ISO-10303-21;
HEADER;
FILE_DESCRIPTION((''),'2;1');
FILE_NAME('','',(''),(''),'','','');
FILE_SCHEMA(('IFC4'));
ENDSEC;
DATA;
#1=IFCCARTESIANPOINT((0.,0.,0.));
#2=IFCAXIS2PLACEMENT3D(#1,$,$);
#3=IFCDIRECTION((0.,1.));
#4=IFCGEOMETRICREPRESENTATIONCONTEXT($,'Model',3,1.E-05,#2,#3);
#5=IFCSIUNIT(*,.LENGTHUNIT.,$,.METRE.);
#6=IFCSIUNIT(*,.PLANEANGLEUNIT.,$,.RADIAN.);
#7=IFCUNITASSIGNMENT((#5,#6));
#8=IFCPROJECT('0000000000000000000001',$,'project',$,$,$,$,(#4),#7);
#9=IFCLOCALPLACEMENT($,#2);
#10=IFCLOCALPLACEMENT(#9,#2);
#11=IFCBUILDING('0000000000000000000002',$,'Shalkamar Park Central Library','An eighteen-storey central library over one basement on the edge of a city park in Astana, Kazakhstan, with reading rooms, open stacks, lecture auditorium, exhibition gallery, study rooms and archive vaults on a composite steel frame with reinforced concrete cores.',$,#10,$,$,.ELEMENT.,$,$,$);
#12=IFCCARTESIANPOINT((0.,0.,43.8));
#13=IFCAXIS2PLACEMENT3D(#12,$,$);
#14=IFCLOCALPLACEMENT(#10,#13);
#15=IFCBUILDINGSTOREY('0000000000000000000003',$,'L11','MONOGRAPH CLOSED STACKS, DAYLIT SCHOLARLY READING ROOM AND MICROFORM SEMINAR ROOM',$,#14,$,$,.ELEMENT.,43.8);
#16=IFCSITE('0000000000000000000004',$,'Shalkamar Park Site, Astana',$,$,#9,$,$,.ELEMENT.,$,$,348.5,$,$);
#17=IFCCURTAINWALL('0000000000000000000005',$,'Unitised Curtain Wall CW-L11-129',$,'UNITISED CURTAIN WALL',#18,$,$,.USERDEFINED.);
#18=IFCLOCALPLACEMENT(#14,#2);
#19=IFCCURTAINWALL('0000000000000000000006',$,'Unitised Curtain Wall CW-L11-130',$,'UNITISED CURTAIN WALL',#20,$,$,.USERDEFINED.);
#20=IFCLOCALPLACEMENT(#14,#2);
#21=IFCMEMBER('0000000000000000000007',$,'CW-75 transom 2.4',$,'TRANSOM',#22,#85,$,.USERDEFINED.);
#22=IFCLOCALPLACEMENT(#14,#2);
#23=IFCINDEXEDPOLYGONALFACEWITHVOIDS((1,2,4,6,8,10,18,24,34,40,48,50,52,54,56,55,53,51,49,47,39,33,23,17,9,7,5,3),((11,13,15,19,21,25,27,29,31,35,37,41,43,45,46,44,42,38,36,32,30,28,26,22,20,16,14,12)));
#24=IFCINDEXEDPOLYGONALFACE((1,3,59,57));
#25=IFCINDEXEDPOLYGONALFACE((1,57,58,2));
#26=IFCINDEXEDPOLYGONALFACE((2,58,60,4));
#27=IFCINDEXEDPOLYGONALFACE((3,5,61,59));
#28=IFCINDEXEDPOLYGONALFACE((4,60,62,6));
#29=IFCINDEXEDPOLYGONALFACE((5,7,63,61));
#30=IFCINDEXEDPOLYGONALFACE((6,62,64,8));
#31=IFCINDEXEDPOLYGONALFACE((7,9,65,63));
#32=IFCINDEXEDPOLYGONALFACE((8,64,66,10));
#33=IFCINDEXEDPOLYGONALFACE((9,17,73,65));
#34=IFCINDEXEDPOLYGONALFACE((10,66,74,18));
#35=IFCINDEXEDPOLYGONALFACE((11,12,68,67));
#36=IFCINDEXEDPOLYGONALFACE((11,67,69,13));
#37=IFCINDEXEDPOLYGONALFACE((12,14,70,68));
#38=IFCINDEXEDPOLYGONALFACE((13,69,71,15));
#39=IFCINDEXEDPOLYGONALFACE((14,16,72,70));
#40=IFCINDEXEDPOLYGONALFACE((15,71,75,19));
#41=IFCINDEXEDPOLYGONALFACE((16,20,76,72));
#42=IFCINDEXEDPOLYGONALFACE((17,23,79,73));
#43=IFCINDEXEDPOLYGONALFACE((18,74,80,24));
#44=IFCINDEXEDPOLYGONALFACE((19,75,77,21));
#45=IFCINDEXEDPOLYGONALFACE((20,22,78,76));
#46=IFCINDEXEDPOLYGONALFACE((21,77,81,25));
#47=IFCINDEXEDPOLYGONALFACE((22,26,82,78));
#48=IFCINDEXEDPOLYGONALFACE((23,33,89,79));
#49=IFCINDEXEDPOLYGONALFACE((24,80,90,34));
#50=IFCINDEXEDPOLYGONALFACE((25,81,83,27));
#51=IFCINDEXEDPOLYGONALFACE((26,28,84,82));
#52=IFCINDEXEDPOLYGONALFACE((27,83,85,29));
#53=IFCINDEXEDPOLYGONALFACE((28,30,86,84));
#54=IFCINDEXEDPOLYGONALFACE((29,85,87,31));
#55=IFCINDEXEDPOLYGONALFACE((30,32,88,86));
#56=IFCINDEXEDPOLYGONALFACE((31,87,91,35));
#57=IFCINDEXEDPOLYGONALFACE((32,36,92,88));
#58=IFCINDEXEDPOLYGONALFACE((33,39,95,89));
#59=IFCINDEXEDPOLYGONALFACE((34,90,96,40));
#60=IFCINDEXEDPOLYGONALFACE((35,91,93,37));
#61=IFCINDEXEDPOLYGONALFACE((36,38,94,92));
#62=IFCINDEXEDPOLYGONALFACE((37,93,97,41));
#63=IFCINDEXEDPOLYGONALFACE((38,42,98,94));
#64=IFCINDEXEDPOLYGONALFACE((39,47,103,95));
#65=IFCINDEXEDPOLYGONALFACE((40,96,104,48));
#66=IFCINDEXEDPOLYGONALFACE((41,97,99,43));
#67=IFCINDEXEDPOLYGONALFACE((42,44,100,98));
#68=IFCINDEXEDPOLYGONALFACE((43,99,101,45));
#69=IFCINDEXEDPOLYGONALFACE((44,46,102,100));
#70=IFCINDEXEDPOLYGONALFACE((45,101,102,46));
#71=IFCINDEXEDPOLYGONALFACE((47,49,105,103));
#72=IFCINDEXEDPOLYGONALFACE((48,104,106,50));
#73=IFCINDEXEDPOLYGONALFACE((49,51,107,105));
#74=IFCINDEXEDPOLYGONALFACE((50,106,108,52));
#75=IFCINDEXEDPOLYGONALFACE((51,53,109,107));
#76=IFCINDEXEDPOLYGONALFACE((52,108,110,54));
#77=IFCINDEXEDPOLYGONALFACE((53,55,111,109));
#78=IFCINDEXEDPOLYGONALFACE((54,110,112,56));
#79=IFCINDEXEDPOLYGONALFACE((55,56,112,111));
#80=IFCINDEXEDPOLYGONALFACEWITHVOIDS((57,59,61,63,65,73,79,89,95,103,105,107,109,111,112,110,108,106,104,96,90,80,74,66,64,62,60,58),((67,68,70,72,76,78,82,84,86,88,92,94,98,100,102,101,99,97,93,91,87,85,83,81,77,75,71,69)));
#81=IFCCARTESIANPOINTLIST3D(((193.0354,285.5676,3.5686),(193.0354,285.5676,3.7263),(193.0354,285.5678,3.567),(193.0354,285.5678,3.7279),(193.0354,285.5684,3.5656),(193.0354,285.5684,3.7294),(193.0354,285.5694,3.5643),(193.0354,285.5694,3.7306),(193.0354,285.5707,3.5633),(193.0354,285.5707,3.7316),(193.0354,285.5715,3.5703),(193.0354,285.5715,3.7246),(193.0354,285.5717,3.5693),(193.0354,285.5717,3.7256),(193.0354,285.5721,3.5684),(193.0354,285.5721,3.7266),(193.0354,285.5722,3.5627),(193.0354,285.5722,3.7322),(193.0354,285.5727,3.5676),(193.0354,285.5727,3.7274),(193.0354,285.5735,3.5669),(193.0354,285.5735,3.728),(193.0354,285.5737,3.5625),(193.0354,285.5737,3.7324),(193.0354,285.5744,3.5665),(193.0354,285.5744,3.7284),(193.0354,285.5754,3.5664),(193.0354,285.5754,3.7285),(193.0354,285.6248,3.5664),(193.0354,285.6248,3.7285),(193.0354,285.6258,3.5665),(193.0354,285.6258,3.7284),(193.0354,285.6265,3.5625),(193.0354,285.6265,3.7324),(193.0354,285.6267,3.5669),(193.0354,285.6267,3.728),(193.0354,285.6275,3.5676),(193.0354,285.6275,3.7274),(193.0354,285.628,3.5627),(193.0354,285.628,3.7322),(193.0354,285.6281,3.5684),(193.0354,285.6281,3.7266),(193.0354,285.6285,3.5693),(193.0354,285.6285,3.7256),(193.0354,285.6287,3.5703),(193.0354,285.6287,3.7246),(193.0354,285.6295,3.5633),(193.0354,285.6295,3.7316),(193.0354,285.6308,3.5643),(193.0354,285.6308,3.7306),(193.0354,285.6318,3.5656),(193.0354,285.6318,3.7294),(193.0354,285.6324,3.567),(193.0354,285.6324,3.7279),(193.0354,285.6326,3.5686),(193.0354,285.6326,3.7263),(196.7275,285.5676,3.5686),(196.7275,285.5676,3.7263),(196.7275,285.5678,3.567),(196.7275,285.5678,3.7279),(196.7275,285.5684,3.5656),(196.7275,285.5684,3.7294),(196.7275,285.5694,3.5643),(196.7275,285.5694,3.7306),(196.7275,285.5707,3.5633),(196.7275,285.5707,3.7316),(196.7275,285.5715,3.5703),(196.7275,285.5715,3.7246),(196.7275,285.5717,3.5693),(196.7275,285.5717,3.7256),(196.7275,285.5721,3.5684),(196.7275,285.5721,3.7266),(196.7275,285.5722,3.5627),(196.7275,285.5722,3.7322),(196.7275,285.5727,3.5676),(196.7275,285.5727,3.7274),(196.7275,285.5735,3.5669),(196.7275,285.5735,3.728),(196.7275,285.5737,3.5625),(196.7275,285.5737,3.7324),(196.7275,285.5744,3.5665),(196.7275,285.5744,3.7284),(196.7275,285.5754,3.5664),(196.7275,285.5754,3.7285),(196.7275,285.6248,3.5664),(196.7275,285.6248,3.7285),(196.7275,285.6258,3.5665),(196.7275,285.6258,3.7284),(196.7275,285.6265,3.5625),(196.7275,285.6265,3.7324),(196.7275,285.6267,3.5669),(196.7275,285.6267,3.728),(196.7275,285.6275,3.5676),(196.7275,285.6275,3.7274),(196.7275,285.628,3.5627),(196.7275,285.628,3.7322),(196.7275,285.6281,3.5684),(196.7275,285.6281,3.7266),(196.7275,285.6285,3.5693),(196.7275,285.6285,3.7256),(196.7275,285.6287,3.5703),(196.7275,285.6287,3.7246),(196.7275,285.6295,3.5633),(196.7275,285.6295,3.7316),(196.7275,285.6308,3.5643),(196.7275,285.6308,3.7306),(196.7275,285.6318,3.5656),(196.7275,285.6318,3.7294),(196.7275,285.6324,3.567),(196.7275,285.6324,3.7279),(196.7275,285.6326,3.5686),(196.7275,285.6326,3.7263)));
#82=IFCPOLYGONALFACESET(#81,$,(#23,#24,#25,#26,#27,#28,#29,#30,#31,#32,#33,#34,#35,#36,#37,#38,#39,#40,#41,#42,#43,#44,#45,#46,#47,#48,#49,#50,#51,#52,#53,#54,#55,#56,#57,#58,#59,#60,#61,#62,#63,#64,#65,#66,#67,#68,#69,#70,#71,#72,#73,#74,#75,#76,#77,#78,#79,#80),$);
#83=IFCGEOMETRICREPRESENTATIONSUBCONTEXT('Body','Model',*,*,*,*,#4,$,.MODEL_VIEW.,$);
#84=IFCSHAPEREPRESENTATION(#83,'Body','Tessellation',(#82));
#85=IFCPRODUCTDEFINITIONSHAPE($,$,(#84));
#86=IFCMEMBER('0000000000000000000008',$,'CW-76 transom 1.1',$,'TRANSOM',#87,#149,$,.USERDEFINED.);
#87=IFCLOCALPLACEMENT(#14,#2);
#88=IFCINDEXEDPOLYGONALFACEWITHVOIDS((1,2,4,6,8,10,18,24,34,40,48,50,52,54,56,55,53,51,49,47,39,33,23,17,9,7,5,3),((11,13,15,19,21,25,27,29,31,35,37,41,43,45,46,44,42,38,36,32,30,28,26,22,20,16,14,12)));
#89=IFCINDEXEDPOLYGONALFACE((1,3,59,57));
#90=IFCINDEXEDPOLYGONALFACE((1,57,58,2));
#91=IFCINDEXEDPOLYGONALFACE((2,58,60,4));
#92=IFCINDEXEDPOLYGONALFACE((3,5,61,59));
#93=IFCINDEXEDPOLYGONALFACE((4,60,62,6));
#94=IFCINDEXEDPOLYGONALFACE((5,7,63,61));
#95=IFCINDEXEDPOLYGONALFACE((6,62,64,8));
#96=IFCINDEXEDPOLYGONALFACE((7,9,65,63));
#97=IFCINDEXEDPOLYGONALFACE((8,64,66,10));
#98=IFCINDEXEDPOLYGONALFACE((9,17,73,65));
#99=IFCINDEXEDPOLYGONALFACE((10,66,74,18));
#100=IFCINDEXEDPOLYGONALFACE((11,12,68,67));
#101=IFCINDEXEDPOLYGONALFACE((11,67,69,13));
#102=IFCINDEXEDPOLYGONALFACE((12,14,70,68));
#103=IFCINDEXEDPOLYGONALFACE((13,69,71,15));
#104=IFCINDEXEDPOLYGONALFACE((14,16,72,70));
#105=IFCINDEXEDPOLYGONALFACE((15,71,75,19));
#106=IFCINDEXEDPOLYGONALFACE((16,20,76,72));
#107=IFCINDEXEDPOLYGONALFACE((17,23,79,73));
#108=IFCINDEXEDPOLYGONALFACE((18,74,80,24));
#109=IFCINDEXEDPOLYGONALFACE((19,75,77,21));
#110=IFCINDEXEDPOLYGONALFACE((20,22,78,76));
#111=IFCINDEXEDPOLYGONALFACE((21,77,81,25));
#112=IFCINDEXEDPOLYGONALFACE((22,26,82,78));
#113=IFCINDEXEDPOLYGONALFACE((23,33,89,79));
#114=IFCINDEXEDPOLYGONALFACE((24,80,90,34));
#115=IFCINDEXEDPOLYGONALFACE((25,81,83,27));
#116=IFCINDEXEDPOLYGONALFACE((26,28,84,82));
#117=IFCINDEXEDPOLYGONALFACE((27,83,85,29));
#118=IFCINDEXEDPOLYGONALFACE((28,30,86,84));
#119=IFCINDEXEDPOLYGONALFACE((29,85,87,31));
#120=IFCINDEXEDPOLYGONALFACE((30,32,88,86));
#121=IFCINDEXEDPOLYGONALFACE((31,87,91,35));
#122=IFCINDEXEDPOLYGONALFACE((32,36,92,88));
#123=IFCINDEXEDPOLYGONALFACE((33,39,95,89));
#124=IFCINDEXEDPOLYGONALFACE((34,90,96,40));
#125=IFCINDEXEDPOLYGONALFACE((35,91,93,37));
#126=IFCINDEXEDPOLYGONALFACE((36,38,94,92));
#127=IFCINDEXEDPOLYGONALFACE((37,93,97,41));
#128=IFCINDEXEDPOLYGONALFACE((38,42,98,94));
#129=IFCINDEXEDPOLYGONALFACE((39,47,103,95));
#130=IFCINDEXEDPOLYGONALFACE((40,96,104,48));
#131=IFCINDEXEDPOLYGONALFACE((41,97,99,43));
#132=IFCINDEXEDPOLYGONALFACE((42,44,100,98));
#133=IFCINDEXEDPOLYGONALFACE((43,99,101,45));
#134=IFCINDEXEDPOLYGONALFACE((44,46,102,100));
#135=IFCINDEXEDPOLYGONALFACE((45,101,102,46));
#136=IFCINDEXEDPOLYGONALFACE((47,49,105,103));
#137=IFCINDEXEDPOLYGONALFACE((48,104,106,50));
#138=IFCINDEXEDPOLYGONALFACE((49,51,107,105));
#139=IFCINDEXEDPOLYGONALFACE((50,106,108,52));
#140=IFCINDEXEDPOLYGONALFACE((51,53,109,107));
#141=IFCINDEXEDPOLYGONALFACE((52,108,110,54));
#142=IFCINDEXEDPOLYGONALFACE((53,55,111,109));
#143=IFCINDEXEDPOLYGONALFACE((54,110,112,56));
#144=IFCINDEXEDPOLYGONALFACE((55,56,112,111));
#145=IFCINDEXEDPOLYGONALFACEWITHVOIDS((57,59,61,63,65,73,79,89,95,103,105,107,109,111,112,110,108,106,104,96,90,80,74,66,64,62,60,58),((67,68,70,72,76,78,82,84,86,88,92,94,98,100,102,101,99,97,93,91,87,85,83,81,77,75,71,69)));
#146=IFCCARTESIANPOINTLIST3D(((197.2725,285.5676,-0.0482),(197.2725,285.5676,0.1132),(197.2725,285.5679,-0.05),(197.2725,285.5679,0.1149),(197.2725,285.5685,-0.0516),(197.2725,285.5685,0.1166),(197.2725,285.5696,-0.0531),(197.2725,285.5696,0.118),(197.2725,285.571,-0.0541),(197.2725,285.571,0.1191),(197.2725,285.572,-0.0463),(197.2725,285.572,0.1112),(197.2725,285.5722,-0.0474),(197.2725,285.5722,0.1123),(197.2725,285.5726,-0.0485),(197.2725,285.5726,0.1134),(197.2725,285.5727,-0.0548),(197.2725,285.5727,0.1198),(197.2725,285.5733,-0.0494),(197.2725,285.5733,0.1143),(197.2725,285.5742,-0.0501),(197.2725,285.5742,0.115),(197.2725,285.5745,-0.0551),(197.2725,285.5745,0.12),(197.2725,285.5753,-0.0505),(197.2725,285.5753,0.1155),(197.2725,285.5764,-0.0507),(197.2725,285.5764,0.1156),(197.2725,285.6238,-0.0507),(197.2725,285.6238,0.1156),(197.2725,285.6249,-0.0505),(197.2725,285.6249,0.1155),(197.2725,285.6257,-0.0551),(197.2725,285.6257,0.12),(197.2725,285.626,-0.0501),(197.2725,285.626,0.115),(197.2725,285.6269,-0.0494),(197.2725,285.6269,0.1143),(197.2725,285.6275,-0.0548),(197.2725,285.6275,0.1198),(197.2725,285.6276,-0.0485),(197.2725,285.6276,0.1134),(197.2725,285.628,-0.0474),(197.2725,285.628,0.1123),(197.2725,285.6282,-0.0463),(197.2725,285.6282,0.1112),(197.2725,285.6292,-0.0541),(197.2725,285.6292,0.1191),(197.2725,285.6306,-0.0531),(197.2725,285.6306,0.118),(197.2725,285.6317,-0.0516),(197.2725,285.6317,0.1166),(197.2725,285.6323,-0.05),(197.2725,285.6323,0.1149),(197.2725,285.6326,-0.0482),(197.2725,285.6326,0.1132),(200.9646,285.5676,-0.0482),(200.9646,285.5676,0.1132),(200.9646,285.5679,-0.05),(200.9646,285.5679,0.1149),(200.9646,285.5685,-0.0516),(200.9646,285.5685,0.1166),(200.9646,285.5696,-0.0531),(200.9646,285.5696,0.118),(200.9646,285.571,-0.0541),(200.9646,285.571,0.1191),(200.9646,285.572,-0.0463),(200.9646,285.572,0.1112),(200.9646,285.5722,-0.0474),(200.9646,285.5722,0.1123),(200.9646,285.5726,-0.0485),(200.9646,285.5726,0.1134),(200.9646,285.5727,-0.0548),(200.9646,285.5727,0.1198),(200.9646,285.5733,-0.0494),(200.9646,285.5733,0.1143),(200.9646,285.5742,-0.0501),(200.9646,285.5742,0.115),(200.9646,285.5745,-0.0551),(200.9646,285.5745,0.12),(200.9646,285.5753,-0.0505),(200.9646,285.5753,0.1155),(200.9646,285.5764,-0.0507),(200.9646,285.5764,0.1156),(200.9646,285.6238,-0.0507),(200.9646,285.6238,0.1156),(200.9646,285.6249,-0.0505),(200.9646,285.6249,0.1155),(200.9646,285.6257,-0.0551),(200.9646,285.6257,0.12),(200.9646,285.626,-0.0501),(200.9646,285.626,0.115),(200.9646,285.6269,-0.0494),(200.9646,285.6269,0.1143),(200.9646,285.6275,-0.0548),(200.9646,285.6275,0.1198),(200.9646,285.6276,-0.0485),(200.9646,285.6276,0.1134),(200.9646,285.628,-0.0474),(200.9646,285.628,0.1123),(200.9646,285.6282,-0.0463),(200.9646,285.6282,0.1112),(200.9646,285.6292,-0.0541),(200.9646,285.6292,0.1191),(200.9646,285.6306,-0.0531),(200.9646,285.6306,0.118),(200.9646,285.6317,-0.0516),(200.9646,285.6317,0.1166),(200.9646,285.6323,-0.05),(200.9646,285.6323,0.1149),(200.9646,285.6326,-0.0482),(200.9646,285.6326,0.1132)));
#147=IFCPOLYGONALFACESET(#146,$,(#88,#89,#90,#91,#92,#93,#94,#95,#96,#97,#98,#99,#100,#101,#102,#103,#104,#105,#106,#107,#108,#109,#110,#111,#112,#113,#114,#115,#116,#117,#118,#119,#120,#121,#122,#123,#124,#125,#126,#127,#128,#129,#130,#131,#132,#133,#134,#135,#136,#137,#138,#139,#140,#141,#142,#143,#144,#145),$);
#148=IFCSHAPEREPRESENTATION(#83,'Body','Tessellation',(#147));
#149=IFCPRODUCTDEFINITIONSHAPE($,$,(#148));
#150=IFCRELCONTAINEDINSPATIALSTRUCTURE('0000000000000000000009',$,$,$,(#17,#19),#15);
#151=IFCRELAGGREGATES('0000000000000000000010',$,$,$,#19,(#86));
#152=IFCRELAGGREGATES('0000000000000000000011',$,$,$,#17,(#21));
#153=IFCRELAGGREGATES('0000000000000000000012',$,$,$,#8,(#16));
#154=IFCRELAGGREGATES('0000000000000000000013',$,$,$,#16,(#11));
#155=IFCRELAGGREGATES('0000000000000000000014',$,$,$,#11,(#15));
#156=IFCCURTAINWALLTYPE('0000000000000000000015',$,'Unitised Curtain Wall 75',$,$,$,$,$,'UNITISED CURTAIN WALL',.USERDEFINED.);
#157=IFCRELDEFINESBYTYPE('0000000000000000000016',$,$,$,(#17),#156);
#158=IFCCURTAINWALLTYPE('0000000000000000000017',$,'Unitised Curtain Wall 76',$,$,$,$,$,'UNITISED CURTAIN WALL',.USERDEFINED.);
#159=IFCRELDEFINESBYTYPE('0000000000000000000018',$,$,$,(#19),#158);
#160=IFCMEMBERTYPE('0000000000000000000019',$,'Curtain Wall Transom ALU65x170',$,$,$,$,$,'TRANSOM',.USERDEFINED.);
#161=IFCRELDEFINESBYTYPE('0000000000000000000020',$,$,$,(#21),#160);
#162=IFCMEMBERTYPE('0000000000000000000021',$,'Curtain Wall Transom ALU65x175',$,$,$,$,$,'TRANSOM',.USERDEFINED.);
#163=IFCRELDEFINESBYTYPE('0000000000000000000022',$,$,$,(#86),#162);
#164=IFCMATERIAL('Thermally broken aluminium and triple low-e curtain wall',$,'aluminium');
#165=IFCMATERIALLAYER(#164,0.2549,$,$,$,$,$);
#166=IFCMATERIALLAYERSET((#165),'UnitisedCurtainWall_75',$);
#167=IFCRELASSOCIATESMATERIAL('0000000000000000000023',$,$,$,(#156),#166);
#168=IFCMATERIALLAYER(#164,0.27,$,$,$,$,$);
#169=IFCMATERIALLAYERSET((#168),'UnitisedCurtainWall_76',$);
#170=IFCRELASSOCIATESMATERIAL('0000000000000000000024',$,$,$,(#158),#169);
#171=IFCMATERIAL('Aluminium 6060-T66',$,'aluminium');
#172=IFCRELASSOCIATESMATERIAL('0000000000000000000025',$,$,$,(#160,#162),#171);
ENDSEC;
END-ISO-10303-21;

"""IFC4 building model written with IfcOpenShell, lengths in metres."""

from ifc_helpers import new_model, si_unit, direction, frame, origin, origin_2d, place, context, subcontext, project, spatial, hollow_rectangle, extrude, material, layer, layer_set, material_profile, profile_set, type_object, element, aggregate, save


model = new_model("IFC4")

# Units and contexts
model_context = context("Model", 3, precision=1e-05, world=origin(), true_north=direction((0.0, 1.0)))
body_context = subcontext(model_context, "Body", "Model", "MODEL_VIEW")
ifc_project = project(units=[si_unit("LENGTHUNIT", "METRE"), si_unit("PLANEANGLEUNIT", "RADIAN")], contexts=[model_context])

# Site, building, storey
site_placement = place(None, origin())
site = spatial("IfcSite", under=ifc_project, at=site_placement, Name="Shalkamar Park Site, Astana", CompositionType="ELEMENT", RefElevation=348.5)
building_placement = place(site_placement, origin())
building = spatial("IfcBuilding", under=site, at=building_placement, Name="Shalkamar Park Central Library", Description="An eighteen-storey central library over one basement on the edge of a city park in Astana, Kazakhstan, with reading rooms, open stacks, lecture auditorium, exhibition gallery, study rooms and archive vaults on a composite steel frame with reinforced concrete cores.", CompositionType="ELEMENT")
storey_placement = place(building_placement, frame((0.0, 0.0, 43.8)))
storey = spatial("IfcBuildingStorey", under=building, at=storey_placement, Name="L11", Description="MONOGRAPH CLOSED STACKS, DAYLIT SCHOLARLY READING ROOM AND MICROFORM SEMINAR ROOM", CompositionType="ELEMENT", Elevation=43.8)

# Curtain walls
ifc_material_1 = material(Name="Thermally broken aluminium and triple low-e curtain wall", Category="aluminium")
ifc_layer_1 = layer(ifc_material_1, 0.2549)
ifc_layer_set_1 = layer_set([ifc_layer_1], Name="UnitisedCurtainWall_75")
curtain_wall_type_1 = type_object("IfcCurtainWallType", Name="Unitised Curtain Wall 75", ElementType="UNITISED CURTAIN WALL", PredefinedType="USERDEFINED", material=ifc_layer_set_1)
curtain_wall_1_placement = place(storey_placement, origin())
curtain_wall_1 = element("IfcCurtainWall", 1, at=curtain_wall_1_placement, inside=storey, type_object=curtain_wall_type_1, Name="Unitised Curtain Wall CW-L11-129", ObjectType="UNITISED CURTAIN WALL", PredefinedType="USERDEFINED")
ifc_material_2 = material(Name="Aluminium 6060-T66", Category="aluminium")
ifc_layer_2 = layer(ifc_material_1, 0.27)
ifc_layer_set_2 = layer_set([ifc_layer_2], Name="UnitisedCurtainWall_76")
curtain_wall_type_2 = type_object("IfcCurtainWallType", Name="Unitised Curtain Wall 76", ElementType="UNITISED CURTAIN WALL", PredefinedType="USERDEFINED", material=ifc_layer_set_2)
curtain_wall_2_placement = place(storey_placement, origin())
curtain_wall_2 = element("IfcCurtainWall", 2, at=curtain_wall_2_placement, inside=storey, type_object=curtain_wall_type_2, Name="Unitised Curtain Wall CW-L11-130", ObjectType="UNITISED CURTAIN WALL", PredefinedType="USERDEFINED")

# Members
ifc_material_profile_1 = material_profile(ifc_material_2, hollow_rectangle(XDim=0.0649, YDim=0.1699, WallThickness=0.0039, InnerFilletRadius=0.0039, OuterFilletRadius=0.0061, at=origin_2d()), Name="ALU 65x170x4")
ifc_profile_set_1 = profile_set([ifc_material_profile_1], Name="Aluminium 6060-T66")
member_type_1 = type_object("IfcMemberType", Name="Curtain Wall Transom ALU65x170", ElementType="TRANSOM", PredefinedType="USERDEFINED", material=ifc_profile_set_1)
member_1_placement = place(storey_placement, frame((193.0354, 285.6001, 3.6475), z_axis=(1.0, 0.0, 0.0), x_axis=(0.0, 1.0, 0.0)))
member_1 = element("IfcMember", 3, at=member_1_placement, type_object=member_type_1, Name="CW-75 transom 2.4", ObjectType="TRANSOM", PredefinedType="USERDEFINED", context=body_context, shape_type="SweptSolid", body=[
    extrude(hollow_rectangle(XDim=0.0649, YDim=0.1699, WallThickness=0.0039, InnerFilletRadius=0.0039, OuterFilletRadius=0.0061, at=origin_2d()), origin(), (0.0, 0.0, 1.0), 3.6921),
])
ifc_material_profile_2 = material_profile(ifc_material_2, hollow_rectangle(XDim=0.0649, YDim=0.175, WallThickness=0.0044, InnerFilletRadius=0.0044, OuterFilletRadius=0.0068, at=origin_2d()), Name="ALU 65x175x4.5")
ifc_profile_set_2 = profile_set([ifc_material_profile_2], Name="Aluminium 6060-T66")
member_type_2 = type_object("IfcMemberType", Name="Curtain Wall Transom ALU65x175", ElementType="TRANSOM", PredefinedType="USERDEFINED", material=ifc_profile_set_2)
member_2_placement = place(storey_placement, frame((197.2725, 285.6001, 0.0325), z_axis=(1.0, 0.0, 0.0), x_axis=(0.0, 1.0, 0.0)))
member_2 = element("IfcMember", 4, at=member_2_placement, type_object=member_type_2, Name="CW-76 transom 1.1", ObjectType="TRANSOM", PredefinedType="USERDEFINED", context=body_context, shape_type="SweptSolid", body=[
    extrude(hollow_rectangle(XDim=0.0649, YDim=0.175, WallThickness=0.0044, InnerFilletRadius=0.0044, OuterFilletRadius=0.0068, at=origin_2d()), origin(), (0.0, 0.0, 1.0), 3.6921),
])

aggregate(curtain_wall_2, [member_2])
aggregate(curtain_wall_1, [member_1])

save(model, "model.ifc")
